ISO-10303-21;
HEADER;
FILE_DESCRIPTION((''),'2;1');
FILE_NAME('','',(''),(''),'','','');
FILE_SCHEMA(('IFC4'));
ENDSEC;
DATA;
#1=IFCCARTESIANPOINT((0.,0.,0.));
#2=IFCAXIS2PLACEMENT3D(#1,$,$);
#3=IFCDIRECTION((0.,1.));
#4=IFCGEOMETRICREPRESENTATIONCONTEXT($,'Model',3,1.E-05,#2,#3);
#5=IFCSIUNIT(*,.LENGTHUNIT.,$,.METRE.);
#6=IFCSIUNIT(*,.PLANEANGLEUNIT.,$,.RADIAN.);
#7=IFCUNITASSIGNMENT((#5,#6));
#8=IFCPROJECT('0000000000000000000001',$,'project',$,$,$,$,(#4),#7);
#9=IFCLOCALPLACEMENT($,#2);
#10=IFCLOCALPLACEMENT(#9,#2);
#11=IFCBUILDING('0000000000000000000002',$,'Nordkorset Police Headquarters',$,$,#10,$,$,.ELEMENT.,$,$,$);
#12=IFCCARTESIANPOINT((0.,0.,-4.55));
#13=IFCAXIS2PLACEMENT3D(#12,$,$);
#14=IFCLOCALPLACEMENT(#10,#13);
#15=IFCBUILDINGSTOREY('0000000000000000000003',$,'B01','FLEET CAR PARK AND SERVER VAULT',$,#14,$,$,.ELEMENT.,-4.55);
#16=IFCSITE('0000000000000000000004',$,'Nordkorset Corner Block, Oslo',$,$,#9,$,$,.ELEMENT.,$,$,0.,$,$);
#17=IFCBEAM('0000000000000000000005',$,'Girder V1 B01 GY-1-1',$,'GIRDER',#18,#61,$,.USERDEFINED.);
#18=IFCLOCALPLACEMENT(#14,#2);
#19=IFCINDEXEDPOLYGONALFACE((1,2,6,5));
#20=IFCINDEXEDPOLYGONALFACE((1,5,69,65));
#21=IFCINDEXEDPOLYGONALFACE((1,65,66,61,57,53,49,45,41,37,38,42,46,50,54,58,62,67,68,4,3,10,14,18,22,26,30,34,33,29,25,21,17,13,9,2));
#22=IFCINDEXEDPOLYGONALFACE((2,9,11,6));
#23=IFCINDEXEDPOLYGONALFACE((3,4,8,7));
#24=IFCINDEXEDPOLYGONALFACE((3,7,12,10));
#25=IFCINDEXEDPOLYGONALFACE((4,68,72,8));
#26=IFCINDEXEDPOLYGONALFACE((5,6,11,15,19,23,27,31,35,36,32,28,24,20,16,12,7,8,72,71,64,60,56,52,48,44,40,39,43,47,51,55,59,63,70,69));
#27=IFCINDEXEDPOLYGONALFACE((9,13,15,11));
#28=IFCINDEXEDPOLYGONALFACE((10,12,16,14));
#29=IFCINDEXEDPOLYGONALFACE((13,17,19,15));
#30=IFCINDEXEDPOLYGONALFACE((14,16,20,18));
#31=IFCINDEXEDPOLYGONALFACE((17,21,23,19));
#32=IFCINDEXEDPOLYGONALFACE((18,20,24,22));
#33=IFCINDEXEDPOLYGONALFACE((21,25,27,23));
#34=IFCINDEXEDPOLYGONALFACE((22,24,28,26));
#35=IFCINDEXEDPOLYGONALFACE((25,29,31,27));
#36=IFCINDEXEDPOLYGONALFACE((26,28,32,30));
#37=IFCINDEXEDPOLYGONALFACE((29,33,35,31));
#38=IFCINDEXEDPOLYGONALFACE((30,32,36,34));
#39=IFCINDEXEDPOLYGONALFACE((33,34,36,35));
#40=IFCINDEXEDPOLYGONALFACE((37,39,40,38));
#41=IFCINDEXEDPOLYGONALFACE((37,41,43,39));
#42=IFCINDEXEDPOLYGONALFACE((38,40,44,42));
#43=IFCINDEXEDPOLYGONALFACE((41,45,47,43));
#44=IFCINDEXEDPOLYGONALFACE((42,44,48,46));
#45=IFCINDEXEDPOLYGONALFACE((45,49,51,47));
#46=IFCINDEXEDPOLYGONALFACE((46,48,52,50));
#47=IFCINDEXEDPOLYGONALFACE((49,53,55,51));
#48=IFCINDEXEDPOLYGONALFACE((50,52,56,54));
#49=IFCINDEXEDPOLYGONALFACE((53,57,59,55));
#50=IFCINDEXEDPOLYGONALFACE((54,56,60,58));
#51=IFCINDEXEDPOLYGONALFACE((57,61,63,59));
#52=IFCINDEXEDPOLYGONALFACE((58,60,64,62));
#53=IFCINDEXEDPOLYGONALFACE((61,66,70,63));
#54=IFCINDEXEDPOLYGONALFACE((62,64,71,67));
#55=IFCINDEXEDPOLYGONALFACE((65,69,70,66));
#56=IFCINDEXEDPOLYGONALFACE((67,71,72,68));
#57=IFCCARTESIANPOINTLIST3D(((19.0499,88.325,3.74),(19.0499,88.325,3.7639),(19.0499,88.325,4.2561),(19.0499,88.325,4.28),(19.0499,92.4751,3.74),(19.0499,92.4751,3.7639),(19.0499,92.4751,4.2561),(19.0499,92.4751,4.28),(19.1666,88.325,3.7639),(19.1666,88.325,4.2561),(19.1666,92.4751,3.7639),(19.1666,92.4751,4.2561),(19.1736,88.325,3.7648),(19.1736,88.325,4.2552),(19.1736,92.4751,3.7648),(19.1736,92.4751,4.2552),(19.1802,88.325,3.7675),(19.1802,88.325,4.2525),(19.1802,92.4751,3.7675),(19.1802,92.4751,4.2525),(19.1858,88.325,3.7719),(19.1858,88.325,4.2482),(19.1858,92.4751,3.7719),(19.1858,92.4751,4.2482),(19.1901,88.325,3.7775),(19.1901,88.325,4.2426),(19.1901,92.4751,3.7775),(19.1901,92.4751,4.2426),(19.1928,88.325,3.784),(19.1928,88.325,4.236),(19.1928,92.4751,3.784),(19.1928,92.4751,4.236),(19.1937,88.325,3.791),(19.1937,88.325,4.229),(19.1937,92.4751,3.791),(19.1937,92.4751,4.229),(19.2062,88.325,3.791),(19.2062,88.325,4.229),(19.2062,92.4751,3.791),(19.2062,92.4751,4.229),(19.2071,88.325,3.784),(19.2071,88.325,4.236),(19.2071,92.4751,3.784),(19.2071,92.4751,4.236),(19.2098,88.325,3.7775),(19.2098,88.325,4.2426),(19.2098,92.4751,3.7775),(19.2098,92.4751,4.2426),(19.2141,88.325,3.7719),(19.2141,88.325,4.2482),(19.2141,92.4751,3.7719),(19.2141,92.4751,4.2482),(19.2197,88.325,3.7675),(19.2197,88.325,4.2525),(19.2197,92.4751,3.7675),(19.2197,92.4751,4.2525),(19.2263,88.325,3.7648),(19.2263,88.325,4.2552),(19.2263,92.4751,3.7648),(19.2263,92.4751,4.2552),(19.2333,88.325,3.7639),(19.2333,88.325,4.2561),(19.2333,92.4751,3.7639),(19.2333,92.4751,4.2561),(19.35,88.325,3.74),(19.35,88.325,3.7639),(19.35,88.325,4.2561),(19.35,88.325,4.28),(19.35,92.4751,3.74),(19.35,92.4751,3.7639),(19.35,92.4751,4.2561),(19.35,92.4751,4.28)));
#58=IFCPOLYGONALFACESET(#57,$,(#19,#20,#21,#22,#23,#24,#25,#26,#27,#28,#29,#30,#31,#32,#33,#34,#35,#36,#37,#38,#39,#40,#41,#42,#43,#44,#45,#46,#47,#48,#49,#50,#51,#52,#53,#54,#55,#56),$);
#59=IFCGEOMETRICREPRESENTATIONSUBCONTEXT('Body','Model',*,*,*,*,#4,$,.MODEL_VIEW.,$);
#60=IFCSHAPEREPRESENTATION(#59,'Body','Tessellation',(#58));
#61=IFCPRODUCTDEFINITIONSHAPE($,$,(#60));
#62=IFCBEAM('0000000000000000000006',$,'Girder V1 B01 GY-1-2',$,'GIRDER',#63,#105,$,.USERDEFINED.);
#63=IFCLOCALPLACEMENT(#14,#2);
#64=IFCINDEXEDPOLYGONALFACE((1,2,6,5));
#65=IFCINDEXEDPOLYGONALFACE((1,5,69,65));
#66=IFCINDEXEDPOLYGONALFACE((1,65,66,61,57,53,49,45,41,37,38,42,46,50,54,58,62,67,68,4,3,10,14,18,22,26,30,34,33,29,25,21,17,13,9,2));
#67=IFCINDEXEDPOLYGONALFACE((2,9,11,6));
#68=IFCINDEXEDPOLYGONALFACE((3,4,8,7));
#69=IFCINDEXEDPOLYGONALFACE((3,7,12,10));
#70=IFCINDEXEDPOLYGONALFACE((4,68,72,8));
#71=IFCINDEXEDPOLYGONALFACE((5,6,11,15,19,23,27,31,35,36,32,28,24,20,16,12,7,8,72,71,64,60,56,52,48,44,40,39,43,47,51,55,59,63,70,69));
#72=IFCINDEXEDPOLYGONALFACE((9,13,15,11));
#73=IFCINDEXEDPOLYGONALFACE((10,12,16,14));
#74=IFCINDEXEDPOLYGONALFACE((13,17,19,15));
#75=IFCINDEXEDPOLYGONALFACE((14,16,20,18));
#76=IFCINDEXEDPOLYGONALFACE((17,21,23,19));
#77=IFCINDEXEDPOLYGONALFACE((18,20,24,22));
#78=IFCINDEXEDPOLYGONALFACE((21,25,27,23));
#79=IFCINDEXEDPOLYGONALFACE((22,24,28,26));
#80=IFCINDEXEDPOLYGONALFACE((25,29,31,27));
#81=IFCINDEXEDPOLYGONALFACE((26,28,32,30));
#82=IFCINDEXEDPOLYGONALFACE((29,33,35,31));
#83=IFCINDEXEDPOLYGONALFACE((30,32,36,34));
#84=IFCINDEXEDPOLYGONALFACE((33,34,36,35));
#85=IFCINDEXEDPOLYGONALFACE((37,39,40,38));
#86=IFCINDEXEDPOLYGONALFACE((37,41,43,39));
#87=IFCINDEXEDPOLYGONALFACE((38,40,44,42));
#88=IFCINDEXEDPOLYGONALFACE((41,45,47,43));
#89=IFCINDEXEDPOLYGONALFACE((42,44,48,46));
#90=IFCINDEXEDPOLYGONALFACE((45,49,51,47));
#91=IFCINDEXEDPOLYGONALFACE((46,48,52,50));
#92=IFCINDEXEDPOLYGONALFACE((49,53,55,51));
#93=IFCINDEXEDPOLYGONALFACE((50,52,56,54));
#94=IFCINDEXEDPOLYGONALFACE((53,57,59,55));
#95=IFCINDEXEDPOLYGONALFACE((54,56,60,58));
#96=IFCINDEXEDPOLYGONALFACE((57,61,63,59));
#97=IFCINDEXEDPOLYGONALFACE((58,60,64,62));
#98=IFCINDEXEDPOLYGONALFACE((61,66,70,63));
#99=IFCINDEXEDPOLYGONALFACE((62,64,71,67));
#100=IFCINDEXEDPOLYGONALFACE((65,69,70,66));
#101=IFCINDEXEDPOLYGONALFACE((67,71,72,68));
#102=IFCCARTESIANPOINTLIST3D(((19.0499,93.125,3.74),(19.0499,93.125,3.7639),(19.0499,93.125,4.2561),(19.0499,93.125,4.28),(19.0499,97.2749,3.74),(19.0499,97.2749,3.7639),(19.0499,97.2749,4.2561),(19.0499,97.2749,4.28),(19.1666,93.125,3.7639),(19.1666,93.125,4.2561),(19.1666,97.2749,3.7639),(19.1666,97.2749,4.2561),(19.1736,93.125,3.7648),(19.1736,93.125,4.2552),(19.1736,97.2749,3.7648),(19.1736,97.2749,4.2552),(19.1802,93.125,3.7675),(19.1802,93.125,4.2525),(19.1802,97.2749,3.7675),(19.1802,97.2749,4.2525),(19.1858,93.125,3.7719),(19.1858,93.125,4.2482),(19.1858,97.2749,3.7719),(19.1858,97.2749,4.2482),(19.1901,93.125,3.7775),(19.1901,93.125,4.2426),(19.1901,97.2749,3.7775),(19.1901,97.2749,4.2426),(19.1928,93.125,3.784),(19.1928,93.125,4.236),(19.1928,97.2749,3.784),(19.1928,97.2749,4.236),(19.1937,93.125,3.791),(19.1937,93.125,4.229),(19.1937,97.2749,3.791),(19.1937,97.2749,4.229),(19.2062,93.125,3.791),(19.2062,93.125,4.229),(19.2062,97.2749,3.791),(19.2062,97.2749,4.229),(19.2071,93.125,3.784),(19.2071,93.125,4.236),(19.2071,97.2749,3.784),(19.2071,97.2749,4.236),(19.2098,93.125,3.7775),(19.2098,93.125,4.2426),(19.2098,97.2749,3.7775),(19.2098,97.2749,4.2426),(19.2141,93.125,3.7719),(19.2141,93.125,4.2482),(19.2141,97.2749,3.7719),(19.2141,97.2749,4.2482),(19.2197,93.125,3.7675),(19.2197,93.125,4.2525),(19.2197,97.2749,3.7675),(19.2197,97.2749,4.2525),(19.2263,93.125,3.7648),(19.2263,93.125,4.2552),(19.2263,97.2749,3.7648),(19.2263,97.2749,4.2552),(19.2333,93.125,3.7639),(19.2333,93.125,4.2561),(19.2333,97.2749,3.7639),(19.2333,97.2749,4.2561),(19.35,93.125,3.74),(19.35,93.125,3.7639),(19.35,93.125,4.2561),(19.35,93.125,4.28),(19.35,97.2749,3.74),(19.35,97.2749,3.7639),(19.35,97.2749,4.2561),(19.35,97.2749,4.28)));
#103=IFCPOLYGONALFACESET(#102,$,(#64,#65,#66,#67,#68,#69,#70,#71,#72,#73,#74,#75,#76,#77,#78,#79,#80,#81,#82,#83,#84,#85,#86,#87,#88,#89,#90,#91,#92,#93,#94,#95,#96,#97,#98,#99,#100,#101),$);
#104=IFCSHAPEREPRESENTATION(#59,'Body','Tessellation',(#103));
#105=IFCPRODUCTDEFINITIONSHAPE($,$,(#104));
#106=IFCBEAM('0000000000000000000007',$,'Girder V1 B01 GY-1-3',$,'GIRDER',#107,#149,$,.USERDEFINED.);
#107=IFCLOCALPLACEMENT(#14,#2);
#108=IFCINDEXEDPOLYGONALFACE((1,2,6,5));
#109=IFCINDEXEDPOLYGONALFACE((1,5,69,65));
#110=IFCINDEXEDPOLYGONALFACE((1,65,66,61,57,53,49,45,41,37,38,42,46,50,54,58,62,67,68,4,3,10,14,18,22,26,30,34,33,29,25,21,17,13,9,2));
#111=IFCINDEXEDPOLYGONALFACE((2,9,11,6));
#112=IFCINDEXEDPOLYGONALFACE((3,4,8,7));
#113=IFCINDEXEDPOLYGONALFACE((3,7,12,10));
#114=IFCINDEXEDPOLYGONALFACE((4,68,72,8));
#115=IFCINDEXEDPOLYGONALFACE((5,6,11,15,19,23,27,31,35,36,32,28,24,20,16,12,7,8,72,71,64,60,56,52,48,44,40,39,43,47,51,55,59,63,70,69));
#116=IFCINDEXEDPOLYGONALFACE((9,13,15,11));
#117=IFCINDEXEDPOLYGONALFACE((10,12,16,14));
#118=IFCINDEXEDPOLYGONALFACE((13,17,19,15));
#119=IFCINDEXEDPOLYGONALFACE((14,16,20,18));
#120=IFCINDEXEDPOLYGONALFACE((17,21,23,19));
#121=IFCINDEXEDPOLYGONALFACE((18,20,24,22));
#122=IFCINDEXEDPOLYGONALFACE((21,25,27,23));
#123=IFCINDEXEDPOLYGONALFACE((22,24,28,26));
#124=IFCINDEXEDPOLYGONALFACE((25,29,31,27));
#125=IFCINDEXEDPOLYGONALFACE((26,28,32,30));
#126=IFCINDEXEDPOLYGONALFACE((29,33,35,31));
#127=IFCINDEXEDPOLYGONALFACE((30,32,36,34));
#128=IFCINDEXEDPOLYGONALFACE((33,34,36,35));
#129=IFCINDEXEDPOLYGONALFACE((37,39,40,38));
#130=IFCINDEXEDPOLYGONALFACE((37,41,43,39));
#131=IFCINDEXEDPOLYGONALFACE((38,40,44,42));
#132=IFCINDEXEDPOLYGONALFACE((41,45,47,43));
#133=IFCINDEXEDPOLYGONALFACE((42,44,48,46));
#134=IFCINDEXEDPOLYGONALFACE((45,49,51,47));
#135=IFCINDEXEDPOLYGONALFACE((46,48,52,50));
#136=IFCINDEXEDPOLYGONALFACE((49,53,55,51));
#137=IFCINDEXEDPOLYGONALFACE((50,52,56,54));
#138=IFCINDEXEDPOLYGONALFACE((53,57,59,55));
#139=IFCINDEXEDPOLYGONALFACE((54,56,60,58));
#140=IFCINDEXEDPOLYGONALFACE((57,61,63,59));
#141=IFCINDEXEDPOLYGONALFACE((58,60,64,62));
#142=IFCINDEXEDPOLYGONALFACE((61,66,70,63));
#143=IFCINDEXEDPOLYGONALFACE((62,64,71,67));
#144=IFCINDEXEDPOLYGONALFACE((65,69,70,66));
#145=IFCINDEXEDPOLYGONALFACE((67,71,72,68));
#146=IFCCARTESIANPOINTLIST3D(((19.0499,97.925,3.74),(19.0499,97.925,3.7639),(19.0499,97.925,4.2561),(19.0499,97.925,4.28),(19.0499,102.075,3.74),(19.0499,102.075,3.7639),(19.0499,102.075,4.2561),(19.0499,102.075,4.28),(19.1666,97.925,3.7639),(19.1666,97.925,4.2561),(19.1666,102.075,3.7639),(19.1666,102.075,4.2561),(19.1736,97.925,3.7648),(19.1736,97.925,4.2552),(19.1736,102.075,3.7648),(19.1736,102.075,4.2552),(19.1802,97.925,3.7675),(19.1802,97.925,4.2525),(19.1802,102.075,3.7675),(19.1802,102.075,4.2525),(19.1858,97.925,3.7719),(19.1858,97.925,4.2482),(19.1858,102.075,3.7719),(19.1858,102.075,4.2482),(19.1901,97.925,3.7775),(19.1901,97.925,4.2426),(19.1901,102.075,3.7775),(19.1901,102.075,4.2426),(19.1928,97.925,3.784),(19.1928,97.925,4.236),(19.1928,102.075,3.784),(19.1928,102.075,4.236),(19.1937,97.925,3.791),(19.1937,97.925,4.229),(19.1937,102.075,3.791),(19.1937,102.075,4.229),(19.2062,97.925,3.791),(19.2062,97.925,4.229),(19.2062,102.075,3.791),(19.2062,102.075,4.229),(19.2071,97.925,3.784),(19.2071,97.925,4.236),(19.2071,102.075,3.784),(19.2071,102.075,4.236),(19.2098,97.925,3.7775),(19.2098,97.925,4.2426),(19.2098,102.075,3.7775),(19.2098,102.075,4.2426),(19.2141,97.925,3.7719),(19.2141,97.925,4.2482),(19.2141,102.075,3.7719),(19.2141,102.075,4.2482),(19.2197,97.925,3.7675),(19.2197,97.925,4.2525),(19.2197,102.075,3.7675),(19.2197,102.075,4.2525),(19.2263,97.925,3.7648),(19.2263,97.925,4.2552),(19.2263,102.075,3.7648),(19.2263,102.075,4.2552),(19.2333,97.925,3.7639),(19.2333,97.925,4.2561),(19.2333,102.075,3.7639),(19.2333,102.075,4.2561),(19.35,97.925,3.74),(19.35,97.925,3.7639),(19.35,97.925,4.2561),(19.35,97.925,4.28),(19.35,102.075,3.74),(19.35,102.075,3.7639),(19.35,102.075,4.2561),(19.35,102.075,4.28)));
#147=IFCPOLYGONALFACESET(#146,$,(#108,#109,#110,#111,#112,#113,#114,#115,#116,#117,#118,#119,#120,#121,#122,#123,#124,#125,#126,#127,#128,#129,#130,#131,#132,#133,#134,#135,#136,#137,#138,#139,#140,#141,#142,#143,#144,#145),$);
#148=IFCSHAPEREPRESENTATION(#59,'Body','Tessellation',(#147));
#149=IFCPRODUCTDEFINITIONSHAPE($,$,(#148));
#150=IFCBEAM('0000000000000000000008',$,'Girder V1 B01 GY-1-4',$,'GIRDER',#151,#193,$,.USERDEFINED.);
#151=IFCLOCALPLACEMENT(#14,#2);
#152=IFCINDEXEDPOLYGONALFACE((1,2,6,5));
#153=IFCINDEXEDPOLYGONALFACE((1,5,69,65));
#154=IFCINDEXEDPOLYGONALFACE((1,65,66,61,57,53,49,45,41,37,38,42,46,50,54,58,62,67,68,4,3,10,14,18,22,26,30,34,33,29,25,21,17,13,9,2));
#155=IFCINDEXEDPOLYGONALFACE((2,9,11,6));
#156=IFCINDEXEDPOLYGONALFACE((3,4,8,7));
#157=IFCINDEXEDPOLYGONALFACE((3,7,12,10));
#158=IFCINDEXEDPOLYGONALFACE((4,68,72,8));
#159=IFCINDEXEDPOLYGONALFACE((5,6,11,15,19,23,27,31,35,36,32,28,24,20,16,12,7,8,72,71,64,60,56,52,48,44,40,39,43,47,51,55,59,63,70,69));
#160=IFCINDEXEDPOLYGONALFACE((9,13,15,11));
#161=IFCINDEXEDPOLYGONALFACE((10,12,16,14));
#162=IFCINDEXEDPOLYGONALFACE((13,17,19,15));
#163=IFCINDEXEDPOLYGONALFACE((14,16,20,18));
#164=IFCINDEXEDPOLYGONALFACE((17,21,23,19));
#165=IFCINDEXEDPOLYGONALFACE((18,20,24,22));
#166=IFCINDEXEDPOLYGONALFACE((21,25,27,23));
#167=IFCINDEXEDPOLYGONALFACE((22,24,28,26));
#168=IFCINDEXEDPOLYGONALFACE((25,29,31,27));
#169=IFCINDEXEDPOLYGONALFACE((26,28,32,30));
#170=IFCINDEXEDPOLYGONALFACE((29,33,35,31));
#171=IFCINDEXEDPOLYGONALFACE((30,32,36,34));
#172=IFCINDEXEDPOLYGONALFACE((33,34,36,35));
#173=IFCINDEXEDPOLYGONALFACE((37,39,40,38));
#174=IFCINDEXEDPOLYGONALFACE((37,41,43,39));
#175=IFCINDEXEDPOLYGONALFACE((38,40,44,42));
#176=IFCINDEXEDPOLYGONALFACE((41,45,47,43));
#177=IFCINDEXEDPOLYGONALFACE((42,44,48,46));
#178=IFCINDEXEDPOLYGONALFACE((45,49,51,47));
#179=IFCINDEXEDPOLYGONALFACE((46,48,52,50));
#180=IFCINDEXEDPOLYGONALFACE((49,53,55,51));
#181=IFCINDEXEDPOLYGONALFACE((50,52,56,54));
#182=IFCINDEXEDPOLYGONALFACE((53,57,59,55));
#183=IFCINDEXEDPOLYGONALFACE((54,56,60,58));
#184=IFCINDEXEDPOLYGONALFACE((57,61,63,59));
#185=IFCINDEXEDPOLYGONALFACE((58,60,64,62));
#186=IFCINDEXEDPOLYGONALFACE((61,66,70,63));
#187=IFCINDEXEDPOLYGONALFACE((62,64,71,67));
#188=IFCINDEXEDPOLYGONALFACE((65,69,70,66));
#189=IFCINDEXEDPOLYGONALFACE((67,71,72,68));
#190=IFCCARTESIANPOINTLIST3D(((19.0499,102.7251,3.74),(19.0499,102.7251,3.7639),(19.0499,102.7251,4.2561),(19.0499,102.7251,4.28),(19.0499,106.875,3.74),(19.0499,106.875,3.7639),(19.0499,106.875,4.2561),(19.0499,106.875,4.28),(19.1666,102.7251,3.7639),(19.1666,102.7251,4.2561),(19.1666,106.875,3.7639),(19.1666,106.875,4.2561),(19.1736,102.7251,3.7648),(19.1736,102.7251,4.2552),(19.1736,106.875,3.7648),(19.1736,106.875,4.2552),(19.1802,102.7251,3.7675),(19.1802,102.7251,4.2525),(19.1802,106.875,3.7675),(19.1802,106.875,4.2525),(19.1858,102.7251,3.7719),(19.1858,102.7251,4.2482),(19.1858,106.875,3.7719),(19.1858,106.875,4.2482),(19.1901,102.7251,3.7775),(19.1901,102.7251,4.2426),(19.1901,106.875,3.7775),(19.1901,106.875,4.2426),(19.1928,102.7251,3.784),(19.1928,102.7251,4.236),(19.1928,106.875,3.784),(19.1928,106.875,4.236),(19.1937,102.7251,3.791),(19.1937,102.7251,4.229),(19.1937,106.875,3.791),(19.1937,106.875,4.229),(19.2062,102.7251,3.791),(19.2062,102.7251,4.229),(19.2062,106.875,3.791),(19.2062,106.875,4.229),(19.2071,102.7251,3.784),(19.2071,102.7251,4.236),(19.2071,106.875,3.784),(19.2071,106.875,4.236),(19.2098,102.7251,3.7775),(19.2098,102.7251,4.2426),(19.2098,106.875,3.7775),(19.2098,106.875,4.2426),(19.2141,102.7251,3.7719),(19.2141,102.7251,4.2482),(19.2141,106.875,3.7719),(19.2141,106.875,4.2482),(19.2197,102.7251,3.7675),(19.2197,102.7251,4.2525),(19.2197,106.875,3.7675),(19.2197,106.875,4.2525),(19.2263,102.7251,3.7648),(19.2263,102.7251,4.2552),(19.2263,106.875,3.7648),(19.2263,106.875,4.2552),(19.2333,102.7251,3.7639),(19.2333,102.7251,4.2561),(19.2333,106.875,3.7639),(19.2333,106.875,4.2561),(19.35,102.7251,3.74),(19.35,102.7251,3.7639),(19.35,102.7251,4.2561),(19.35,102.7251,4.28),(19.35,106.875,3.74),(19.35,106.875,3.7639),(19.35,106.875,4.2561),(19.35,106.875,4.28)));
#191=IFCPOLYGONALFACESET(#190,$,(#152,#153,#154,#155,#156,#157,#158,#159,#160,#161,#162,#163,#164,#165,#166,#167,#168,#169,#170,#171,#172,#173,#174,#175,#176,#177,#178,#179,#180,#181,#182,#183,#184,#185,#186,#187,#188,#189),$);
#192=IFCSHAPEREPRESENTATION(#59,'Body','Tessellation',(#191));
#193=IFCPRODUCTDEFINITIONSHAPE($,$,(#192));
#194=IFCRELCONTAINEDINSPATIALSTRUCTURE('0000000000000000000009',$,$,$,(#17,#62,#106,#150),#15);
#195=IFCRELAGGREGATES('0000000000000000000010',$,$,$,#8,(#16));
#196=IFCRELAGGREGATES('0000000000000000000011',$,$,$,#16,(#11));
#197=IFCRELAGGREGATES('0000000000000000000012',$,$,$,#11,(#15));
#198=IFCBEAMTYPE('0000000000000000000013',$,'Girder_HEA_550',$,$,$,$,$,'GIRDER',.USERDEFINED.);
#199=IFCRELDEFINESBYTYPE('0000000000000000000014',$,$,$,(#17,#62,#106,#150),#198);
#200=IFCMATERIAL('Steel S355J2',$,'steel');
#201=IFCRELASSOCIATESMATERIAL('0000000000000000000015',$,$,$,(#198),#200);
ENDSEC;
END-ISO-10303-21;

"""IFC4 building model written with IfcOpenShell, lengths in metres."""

from ifc_helpers import new_model, si_unit, direction, frame, origin, origin_2d, place, context, subcontext, project, spatial, i_section, extrude, material, material_profile, profile_set, type_object, element, save


model = new_model("IFC4")

# Units and contexts
model_context = context("Model", 3, precision=1e-05, world=origin(), true_north=direction((0.0, 1.0)))
body_context = subcontext(model_context, "Body", "Model", "MODEL_VIEW")
ifc_project = project(units=[si_unit("LENGTHUNIT", "METRE"), si_unit("PLANEANGLEUNIT", "RADIAN")], contexts=[model_context])

# Site, building, storey
site_placement = place(None, origin())
site = spatial("IfcSite", under=ifc_project, at=site_placement, Name="Nordkorset Corner Block, Oslo", CompositionType="ELEMENT", RefElevation=0.0)
building_placement = place(site_placement, origin())
building = spatial("IfcBuilding", under=site, at=building_placement, Name="Nordkorset Police Headquarters", CompositionType="ELEMENT")
storey_placement = place(building_placement, frame((0.0, 0.0, -4.55)))
storey = spatial("IfcBuildingStorey", under=building, at=storey_placement, Name="B01", Description="FLEET CAR PARK AND SERVER VAULT", CompositionType="ELEMENT", Elevation=-4.55)

# Beams
ifc_material_1 = material(Name="Steel S355J2", Category="steel")
ifc_material_profile_1 = material_profile(ifc_material_1, i_section(OverallWidth=0.3, OverallDepth=0.54, WebThickness=0.0125, FlangeThickness=0.0239, FilletRadius=0.0271, at=origin_2d()), Name="HEA 550")
ifc_profile_set_1 = profile_set([ifc_material_profile_1], Name="Steel S355J2")
beam_type_1 = type_object("IfcBeamType", Name="Girder_HEA_550", ElementType="GIRDER", PredefinedType="USERDEFINED", material=ifc_profile_set_1)
beam_placement = place(storey_placement, frame((19.2, 88.325, 4.01), z_axis=(0.0, 1.0, 0.0), x_axis=(-1.0, 0.0, 0.0)))
element("IfcBeam", 1, at=beam_placement, inside=storey, type_object=beam_type_1, Name="Girder V1 B01 GY-1-1", ObjectType="GIRDER", PredefinedType="USERDEFINED", context=body_context, shape_type="SweptSolid", body=[
    extrude(i_section(OverallWidth=0.3, OverallDepth=0.54, WebThickness=0.0125, FlangeThickness=0.0239, FilletRadius=0.0271, at=origin_2d()), origin(), (0.0, 0.0, 1.0), 4.1501),
])
for number, where, z_axis, x_axis, name in (
    (2, (19.2, 93.125, 4.01), (0.0, 1.0, 0.0), (-1.0, 0.0, 0.0), "Girder V1 B01 GY-1-2"),
    (3, (19.2, 97.925, 4.01), (0.0, 1.0, 0.0), (-1.0, 0.0, 0.0), "Girder V1 B01 GY-1-3"),
    (4, (19.2, 102.7251, 4.01), (0.0, 1.0, 0.0), (-1.0, 0.0, 0.0), "Girder V1 B01 GY-1-4"),
):
    element("IfcBeam", number, at=place(storey_placement, frame(where, z_axis=z_axis, x_axis=x_axis)), inside=storey, type_object=beam_type_1, Name=name, ObjectType="GIRDER", PredefinedType="USERDEFINED", context=body_context, shape_type="SweptSolid", body=[
        extrude(i_section(OverallWidth=0.3, OverallDepth=0.54, WebThickness=0.0125, FlangeThickness=0.0239, FilletRadius=0.0271, at=origin_2d()), origin(), (0.0, 0.0, 1.0), 4.1499),
    ])

save(model, "model.ifc")
